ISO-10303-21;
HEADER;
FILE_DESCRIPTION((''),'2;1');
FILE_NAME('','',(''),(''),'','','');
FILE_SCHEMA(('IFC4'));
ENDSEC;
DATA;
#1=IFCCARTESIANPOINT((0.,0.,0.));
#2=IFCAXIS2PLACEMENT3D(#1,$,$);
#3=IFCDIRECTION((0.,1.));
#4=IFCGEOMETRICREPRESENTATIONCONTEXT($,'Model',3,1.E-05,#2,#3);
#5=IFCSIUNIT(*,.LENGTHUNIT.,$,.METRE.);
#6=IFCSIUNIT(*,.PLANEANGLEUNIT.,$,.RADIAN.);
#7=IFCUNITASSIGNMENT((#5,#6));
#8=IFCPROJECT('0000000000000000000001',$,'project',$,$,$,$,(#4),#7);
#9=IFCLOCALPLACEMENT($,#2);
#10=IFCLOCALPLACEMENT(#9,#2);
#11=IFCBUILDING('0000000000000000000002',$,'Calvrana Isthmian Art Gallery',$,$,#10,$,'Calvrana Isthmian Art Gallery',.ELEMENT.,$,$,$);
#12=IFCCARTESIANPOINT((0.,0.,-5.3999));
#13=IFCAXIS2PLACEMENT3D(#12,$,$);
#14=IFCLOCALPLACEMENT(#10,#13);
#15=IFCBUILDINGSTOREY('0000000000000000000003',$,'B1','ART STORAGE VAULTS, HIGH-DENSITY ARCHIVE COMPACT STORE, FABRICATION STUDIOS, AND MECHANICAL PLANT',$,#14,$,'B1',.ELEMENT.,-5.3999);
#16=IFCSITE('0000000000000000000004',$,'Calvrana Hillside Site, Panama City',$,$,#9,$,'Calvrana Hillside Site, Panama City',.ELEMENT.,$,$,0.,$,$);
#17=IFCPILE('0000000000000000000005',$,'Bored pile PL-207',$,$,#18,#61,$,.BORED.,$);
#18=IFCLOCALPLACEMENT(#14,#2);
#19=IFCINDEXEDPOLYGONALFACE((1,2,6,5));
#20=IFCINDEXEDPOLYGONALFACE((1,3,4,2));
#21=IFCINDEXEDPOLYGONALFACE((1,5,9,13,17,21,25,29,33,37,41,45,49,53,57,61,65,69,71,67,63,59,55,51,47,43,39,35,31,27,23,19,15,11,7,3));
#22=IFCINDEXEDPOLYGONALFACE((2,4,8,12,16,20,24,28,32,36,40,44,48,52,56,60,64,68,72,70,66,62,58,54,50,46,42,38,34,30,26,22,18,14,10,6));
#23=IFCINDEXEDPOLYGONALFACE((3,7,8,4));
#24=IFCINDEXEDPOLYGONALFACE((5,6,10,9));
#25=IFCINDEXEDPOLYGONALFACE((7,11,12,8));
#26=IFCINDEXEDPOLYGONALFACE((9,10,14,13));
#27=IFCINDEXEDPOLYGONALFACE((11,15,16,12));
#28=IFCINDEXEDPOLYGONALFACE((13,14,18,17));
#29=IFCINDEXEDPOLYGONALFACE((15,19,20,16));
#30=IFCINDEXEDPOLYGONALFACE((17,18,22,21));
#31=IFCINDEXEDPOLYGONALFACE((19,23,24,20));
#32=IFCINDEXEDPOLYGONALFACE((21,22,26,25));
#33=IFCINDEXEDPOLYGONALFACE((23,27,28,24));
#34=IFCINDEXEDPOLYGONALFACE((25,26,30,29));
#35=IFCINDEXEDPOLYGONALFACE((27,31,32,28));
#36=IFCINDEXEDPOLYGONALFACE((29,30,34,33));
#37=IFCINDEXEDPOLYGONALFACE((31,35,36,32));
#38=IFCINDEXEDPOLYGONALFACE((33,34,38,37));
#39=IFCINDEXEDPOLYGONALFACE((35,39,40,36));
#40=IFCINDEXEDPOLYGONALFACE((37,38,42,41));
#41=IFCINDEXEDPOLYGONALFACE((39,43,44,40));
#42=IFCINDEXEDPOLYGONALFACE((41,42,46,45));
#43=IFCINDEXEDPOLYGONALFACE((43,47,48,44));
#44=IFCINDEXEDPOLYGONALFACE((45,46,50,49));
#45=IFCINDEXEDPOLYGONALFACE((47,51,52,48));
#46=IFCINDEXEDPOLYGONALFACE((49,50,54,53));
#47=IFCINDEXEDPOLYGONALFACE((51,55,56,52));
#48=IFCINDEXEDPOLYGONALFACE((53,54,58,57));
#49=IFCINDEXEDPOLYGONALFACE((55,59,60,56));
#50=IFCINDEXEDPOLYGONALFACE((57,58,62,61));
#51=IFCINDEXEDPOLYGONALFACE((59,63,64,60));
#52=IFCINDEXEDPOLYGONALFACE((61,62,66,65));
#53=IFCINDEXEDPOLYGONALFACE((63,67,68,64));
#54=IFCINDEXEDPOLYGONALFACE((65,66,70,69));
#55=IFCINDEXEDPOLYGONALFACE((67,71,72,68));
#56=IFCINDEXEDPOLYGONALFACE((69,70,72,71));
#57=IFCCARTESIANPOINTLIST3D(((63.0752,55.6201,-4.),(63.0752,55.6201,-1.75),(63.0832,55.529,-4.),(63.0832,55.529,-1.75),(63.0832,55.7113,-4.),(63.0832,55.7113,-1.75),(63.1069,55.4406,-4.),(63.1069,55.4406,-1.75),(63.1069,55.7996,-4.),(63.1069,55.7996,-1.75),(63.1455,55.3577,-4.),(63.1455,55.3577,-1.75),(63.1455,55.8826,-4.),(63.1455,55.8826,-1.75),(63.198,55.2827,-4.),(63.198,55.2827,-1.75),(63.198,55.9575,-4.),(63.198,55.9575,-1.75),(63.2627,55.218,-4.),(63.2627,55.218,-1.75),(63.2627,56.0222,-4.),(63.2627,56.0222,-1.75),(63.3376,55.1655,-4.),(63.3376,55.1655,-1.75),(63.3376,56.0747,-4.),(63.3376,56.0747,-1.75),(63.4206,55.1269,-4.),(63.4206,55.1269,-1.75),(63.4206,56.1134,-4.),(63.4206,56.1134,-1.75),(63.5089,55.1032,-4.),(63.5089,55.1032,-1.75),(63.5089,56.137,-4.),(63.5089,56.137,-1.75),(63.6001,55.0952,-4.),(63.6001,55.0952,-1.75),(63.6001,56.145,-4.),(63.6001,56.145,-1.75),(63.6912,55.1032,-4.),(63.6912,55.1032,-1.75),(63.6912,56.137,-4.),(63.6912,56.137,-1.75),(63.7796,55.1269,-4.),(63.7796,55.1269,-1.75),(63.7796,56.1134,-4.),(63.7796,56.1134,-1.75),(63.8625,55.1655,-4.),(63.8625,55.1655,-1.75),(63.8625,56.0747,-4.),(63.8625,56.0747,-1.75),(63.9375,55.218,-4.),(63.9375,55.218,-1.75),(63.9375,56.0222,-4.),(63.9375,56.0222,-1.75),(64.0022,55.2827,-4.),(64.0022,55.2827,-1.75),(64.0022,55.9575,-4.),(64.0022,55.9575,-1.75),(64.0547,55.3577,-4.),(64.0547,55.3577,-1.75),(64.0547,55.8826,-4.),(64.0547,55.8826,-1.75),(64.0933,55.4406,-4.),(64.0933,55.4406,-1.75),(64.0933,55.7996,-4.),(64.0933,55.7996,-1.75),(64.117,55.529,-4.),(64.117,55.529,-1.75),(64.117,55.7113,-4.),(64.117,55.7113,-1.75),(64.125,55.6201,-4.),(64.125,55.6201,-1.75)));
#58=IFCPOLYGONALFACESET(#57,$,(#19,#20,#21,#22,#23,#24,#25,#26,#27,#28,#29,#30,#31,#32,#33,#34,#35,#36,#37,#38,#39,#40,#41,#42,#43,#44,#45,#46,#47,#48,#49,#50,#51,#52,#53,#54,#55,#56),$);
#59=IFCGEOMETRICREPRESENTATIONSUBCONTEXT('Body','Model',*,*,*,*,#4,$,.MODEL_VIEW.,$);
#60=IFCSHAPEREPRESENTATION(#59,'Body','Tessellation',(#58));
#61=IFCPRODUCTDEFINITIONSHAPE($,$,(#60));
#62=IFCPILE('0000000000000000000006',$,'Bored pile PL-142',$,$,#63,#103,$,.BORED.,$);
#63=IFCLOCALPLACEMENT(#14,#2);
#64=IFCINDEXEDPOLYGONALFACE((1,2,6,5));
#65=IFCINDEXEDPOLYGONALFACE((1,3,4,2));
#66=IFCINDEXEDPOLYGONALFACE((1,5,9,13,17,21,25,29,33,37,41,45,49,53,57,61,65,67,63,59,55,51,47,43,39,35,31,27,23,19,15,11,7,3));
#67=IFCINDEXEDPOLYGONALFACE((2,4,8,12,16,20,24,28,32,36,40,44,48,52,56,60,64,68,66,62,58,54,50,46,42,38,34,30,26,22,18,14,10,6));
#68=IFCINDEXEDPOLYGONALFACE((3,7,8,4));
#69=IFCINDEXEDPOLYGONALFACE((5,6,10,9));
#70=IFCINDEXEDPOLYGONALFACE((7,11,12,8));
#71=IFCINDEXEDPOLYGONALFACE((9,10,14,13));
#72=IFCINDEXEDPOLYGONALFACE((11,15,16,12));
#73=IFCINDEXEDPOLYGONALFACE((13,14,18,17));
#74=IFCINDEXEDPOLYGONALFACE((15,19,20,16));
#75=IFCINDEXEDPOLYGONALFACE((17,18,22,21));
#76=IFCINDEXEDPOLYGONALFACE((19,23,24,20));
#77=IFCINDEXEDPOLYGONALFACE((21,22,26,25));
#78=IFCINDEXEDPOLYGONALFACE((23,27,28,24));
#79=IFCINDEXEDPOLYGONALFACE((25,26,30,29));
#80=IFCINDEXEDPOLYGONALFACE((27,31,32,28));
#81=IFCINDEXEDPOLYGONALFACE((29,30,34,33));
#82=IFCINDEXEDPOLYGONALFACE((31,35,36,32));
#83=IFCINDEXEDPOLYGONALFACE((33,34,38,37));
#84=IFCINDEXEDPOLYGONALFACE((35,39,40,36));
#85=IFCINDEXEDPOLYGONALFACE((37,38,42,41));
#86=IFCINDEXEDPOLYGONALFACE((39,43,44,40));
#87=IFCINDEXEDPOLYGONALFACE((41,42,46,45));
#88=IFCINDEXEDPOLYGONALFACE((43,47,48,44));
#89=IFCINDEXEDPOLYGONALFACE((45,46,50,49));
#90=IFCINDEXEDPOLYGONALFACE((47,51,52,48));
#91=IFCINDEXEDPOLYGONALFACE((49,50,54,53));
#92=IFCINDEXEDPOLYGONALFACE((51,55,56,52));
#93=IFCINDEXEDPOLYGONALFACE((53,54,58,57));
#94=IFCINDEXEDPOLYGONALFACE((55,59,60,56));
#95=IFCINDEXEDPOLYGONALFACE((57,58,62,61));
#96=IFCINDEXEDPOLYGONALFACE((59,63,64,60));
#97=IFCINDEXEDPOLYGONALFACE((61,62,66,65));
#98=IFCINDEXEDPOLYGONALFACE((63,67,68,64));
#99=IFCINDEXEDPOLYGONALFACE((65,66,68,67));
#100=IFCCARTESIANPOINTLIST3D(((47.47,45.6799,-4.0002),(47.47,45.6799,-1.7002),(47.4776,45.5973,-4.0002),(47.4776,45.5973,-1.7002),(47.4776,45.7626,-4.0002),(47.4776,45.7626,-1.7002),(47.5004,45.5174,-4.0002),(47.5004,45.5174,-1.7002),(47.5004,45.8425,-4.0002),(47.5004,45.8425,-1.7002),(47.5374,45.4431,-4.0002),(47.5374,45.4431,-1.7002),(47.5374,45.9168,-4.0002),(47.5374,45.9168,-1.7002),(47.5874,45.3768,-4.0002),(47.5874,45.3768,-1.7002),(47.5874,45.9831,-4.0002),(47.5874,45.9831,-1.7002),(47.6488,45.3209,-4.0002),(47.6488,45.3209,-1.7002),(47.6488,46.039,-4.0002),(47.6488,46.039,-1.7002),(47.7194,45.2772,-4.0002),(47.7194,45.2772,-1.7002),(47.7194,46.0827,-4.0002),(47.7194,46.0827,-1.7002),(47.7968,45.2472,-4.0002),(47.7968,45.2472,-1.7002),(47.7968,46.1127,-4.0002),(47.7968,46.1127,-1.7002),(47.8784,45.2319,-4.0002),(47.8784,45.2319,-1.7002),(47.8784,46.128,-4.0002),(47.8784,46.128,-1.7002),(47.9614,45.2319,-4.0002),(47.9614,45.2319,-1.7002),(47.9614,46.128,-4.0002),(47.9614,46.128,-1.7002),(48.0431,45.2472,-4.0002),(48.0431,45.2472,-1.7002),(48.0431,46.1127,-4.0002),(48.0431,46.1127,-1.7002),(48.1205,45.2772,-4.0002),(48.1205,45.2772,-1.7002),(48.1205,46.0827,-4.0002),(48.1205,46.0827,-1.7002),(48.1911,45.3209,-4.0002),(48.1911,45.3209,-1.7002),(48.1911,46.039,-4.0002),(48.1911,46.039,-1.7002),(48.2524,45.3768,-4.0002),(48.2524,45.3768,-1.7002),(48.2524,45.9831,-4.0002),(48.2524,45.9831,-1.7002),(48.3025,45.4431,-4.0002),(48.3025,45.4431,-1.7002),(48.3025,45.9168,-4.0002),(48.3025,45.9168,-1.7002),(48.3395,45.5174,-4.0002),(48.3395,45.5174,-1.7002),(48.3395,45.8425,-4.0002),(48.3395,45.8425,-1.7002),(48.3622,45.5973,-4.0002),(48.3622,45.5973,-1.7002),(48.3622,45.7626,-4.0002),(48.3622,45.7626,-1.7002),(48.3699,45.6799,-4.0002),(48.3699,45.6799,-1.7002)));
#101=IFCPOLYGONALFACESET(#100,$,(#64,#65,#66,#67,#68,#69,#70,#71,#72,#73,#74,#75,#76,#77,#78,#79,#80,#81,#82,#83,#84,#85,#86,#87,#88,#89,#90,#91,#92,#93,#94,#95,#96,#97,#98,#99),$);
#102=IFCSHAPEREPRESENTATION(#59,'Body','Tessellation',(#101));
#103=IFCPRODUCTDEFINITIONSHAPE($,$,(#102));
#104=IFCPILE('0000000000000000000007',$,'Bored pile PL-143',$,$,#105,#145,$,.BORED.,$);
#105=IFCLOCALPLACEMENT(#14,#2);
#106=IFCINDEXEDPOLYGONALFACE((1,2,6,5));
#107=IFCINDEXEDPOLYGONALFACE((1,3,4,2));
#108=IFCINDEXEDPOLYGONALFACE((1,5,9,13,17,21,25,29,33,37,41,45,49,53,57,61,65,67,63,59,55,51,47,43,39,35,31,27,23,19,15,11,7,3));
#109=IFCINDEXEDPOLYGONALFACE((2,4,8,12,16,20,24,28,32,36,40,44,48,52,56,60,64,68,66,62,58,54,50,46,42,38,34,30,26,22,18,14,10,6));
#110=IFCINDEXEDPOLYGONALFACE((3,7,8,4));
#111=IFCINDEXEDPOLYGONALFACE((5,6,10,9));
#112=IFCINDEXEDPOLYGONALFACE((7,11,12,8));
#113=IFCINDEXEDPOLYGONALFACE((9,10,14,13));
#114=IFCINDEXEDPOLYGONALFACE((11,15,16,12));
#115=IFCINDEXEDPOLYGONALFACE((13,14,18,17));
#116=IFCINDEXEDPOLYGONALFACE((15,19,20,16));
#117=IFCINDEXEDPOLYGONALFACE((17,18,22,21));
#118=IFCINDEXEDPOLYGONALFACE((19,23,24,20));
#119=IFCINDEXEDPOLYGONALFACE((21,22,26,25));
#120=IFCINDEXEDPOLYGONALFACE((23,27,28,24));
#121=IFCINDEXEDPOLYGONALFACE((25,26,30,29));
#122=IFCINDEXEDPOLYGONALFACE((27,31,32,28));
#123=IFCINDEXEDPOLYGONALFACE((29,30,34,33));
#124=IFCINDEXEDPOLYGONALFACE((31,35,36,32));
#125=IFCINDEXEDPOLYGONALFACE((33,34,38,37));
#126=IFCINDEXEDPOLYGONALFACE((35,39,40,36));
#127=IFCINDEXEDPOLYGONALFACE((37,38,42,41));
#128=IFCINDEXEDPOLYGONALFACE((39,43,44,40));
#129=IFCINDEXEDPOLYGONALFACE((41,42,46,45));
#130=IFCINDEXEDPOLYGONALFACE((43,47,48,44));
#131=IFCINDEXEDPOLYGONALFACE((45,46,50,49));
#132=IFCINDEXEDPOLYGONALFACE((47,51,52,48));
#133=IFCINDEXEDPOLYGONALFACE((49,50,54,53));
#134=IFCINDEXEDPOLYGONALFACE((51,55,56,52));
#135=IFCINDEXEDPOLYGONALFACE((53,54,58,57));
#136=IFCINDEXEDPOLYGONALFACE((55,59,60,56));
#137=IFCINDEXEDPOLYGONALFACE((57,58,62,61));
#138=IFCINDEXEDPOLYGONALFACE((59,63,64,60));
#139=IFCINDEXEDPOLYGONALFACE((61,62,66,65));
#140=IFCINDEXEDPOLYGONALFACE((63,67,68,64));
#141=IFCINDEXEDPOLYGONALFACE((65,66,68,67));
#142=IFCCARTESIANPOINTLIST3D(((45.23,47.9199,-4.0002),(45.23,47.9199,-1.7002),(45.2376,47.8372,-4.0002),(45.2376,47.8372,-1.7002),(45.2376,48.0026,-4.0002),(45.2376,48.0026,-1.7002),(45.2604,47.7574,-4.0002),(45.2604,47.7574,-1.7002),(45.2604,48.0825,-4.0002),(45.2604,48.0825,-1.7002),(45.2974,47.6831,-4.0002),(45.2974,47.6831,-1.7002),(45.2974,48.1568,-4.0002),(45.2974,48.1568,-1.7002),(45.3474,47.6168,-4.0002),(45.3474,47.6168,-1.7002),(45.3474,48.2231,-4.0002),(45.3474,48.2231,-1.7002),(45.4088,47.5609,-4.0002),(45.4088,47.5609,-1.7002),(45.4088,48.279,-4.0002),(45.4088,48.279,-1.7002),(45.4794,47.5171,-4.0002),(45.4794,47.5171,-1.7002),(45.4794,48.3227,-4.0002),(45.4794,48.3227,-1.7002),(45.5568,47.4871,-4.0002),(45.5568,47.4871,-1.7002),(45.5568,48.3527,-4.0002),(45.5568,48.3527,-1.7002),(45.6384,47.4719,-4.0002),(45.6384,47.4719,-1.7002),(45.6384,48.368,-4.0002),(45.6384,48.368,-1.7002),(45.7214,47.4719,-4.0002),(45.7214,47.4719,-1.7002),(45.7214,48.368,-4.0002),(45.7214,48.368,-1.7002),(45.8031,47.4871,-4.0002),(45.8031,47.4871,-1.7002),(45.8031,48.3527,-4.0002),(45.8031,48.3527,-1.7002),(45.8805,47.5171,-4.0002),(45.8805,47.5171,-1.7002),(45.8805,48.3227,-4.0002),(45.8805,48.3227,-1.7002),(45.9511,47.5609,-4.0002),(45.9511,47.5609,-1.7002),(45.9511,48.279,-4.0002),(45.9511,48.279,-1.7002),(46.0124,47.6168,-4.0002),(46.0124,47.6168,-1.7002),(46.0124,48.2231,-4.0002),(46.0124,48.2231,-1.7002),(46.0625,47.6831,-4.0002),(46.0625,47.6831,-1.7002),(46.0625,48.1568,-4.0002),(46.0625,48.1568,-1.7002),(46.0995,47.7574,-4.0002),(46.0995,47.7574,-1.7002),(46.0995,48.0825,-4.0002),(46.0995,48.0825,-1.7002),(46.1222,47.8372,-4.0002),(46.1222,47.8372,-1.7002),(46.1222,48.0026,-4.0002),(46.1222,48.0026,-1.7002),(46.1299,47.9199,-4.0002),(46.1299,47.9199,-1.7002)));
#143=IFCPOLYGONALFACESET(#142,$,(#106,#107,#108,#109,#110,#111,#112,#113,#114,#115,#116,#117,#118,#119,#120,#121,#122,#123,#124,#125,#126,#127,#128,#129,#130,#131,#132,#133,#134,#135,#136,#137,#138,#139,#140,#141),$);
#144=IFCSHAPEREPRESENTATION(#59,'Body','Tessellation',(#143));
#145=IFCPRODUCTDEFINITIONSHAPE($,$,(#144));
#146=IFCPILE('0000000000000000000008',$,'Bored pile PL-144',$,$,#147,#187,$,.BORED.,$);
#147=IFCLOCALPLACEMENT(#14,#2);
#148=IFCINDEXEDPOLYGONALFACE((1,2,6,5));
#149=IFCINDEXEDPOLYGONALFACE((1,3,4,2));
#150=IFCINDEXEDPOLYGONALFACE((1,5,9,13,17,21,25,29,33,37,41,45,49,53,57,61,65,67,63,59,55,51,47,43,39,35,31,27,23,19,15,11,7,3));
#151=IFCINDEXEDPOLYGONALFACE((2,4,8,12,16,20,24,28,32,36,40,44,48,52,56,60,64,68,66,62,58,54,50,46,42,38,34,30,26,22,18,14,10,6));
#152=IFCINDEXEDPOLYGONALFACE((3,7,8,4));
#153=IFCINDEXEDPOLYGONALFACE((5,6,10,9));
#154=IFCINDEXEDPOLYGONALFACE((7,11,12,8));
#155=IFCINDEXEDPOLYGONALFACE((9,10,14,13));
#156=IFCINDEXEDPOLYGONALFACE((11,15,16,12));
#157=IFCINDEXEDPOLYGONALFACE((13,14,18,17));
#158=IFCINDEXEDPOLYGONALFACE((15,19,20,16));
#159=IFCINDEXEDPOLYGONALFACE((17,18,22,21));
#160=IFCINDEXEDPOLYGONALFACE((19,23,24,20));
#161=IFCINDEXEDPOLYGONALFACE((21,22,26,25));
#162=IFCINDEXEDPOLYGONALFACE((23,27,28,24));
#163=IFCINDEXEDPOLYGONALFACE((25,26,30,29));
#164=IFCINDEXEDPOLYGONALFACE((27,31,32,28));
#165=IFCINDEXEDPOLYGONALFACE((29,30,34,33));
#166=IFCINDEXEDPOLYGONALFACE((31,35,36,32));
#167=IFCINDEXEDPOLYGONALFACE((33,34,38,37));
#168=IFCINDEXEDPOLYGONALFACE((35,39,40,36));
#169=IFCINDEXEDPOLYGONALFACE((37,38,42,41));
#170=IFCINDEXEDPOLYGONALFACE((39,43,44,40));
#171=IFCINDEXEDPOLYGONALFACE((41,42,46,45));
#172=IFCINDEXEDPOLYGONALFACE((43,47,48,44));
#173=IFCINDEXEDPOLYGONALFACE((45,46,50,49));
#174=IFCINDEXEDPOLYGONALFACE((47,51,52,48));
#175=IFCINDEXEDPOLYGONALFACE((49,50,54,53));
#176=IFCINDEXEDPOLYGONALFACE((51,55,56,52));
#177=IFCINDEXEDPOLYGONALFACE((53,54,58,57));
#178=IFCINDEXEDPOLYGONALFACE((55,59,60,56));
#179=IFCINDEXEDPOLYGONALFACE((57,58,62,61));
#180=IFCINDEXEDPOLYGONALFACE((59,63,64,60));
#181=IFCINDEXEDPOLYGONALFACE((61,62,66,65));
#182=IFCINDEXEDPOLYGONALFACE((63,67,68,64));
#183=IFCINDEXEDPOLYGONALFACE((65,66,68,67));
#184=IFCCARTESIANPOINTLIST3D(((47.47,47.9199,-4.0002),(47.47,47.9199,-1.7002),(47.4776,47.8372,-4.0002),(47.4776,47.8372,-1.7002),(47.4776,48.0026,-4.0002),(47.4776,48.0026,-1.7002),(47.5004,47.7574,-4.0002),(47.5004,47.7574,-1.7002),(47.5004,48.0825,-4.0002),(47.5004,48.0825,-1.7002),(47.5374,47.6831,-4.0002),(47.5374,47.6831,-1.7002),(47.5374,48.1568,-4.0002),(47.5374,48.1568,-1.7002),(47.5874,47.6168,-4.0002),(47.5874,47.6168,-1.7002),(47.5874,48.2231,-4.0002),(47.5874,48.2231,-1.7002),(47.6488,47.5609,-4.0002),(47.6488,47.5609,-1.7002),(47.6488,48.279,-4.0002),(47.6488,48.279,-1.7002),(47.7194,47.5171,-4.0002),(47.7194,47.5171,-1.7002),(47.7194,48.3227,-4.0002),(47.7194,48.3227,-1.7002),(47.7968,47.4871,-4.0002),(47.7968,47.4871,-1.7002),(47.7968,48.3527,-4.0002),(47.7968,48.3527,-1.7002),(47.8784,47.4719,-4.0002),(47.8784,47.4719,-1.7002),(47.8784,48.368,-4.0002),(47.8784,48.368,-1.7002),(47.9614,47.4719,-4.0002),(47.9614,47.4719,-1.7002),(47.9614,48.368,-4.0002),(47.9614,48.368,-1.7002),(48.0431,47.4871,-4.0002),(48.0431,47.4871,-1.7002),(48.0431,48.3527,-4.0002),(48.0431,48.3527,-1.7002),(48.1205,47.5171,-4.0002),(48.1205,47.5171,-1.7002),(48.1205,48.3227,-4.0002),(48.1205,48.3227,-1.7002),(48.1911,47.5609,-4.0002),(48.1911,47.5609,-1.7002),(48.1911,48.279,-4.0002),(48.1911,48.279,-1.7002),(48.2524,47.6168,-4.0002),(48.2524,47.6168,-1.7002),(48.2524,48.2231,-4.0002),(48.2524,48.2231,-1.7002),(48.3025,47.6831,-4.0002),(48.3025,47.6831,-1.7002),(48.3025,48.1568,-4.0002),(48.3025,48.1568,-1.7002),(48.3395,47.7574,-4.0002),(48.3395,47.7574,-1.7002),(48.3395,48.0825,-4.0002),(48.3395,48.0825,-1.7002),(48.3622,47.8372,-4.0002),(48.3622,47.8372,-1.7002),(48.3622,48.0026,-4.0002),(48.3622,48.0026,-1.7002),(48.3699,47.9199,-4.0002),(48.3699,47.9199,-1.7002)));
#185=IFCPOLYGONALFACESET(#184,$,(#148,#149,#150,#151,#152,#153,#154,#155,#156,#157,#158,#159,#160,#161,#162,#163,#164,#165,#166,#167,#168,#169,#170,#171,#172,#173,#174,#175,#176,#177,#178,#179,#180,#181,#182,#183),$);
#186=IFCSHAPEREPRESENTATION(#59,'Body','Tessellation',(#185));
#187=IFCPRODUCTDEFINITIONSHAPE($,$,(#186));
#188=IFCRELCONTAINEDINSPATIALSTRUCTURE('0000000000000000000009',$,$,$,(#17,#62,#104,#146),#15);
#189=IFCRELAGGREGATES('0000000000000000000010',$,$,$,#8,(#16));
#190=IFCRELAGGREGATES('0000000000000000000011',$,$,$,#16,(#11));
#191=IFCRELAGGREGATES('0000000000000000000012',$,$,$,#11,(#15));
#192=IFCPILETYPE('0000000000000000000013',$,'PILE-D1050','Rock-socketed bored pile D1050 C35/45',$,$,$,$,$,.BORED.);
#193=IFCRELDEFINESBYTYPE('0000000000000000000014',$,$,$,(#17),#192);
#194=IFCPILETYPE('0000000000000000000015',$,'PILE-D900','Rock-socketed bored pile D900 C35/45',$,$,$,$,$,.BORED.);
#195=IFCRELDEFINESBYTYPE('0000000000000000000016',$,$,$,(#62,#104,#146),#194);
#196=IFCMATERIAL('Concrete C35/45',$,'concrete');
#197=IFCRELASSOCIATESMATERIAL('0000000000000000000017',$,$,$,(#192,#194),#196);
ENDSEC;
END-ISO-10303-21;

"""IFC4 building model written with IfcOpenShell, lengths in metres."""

from ifc_helpers import new_model, si_unit, direction, frame, origin, origin_2d, place, context, subcontext, project, spatial, circle, extrude, material, material_profile, profile_set, type_object, element, save


model = new_model("IFC4")

# Units and contexts
model_context = context("Model", 3, precision=1e-05, world=origin(), true_north=direction((0.0, 1.0)))
body_context = subcontext(model_context, "Body", "Model", "MODEL_VIEW")
ifc_project = project(units=[si_unit("LENGTHUNIT", "METRE"), si_unit("PLANEANGLEUNIT", "RADIAN")], contexts=[model_context])

# Site, building, storey
site_placement = place(None, origin())
site = spatial("IfcSite", under=ifc_project, at=site_placement, Name="Calvrana Hillside Site, Panama City", LongName="Calvrana Hillside Site, Panama City", CompositionType="ELEMENT", RefElevation=0.0)
building_placement = place(site_placement, origin())
building = spatial("IfcBuilding", under=site, at=building_placement, Name="Calvrana Isthmian Art Gallery", LongName="Calvrana Isthmian Art Gallery", CompositionType="ELEMENT")
storey_placement = place(building_placement, frame((0.0, 0.0, -5.3999)))
storey = spatial("IfcBuildingStorey", under=building, at=storey_placement, Name="B1", Description="ART STORAGE VAULTS, HIGH-DENSITY ARCHIVE COMPACT STORE, FABRICATION STUDIOS, AND MECHANICAL PLANT", LongName="B1", CompositionType="ELEMENT", Elevation=-5.3999)

# Shared definitions
ifc_material_1 = material(Name="Concrete C35/45", Category="concrete")

# Piles
ifc_material_profile_1 = material_profile(ifc_material_1, circle(Radius=0.5249, at=origin_2d()), Name="PILE1050D")
ifc_profile_set_1 = profile_set([ifc_material_profile_1], Name="Concrete C35/45")
pile_type_1 = type_object("IfcPileType", Name="PILE-D1050", Description="Rock-socketed bored pile D1050 C35/45", PredefinedType="BORED", material=ifc_profile_set_1)
for number, where, z_axis, x_axis, name in (
    (1, (63.6001, 55.6201, -1.75), (0.0, 0.0, -1.0), (1.0, 0.0, 0.0), "Bored pile PL-207"),
):
    element("IfcPile", number, at=place(storey_placement, frame(where, z_axis=z_axis, x_axis=x_axis)), inside=storey, type_object=pile_type_1, Name=name, PredefinedType="BORED", context=body_context, shape_type="SweptSolid", body=[
        extrude(circle(Radius=0.5249, at=origin_2d()), origin(), (0.0, 0.0, 1.0), 2.25),
    ])
ifc_material_profile_2 = material_profile(ifc_material_1, circle(Radius=0.45, at=origin_2d()), Name="PILE900D")
ifc_profile_set_2 = profile_set([ifc_material_profile_2], Name="Concrete C35/45")
pile_type_2 = type_object("IfcPileType", Name="PILE-D900", Description="Rock-socketed bored pile D900 C35/45", PredefinedType="BORED", material=ifc_profile_set_2)
for number, where, z_axis, x_axis, name in (
    (2, (47.9199, 45.6799, -1.7002), (0.0, 0.0, -1.0), (1.0, 0.0, 0.0), "Bored pile PL-142"),
    (3, (45.6799, 47.9199, -1.7002), (0.0, 0.0, -1.0), (1.0, 0.0, 0.0), "Bored pile PL-143"),
    (4, (47.9199, 47.9199, -1.7002), (0.0, 0.0, -1.0), (1.0, 0.0, 0.0), "Bored pile PL-144"),
):
    element("IfcPile", number, at=place(storey_placement, frame(where, z_axis=z_axis, x_axis=x_axis)), inside=storey, type_object=pile_type_2, Name=name, PredefinedType="BORED", context=body_context, shape_type="SweptSolid", body=[
        extrude(circle(Radius=0.45, at=origin_2d()), origin(), (0.0, 0.0, 1.0), 2.3),
    ])

save(model, "model.ifc")
